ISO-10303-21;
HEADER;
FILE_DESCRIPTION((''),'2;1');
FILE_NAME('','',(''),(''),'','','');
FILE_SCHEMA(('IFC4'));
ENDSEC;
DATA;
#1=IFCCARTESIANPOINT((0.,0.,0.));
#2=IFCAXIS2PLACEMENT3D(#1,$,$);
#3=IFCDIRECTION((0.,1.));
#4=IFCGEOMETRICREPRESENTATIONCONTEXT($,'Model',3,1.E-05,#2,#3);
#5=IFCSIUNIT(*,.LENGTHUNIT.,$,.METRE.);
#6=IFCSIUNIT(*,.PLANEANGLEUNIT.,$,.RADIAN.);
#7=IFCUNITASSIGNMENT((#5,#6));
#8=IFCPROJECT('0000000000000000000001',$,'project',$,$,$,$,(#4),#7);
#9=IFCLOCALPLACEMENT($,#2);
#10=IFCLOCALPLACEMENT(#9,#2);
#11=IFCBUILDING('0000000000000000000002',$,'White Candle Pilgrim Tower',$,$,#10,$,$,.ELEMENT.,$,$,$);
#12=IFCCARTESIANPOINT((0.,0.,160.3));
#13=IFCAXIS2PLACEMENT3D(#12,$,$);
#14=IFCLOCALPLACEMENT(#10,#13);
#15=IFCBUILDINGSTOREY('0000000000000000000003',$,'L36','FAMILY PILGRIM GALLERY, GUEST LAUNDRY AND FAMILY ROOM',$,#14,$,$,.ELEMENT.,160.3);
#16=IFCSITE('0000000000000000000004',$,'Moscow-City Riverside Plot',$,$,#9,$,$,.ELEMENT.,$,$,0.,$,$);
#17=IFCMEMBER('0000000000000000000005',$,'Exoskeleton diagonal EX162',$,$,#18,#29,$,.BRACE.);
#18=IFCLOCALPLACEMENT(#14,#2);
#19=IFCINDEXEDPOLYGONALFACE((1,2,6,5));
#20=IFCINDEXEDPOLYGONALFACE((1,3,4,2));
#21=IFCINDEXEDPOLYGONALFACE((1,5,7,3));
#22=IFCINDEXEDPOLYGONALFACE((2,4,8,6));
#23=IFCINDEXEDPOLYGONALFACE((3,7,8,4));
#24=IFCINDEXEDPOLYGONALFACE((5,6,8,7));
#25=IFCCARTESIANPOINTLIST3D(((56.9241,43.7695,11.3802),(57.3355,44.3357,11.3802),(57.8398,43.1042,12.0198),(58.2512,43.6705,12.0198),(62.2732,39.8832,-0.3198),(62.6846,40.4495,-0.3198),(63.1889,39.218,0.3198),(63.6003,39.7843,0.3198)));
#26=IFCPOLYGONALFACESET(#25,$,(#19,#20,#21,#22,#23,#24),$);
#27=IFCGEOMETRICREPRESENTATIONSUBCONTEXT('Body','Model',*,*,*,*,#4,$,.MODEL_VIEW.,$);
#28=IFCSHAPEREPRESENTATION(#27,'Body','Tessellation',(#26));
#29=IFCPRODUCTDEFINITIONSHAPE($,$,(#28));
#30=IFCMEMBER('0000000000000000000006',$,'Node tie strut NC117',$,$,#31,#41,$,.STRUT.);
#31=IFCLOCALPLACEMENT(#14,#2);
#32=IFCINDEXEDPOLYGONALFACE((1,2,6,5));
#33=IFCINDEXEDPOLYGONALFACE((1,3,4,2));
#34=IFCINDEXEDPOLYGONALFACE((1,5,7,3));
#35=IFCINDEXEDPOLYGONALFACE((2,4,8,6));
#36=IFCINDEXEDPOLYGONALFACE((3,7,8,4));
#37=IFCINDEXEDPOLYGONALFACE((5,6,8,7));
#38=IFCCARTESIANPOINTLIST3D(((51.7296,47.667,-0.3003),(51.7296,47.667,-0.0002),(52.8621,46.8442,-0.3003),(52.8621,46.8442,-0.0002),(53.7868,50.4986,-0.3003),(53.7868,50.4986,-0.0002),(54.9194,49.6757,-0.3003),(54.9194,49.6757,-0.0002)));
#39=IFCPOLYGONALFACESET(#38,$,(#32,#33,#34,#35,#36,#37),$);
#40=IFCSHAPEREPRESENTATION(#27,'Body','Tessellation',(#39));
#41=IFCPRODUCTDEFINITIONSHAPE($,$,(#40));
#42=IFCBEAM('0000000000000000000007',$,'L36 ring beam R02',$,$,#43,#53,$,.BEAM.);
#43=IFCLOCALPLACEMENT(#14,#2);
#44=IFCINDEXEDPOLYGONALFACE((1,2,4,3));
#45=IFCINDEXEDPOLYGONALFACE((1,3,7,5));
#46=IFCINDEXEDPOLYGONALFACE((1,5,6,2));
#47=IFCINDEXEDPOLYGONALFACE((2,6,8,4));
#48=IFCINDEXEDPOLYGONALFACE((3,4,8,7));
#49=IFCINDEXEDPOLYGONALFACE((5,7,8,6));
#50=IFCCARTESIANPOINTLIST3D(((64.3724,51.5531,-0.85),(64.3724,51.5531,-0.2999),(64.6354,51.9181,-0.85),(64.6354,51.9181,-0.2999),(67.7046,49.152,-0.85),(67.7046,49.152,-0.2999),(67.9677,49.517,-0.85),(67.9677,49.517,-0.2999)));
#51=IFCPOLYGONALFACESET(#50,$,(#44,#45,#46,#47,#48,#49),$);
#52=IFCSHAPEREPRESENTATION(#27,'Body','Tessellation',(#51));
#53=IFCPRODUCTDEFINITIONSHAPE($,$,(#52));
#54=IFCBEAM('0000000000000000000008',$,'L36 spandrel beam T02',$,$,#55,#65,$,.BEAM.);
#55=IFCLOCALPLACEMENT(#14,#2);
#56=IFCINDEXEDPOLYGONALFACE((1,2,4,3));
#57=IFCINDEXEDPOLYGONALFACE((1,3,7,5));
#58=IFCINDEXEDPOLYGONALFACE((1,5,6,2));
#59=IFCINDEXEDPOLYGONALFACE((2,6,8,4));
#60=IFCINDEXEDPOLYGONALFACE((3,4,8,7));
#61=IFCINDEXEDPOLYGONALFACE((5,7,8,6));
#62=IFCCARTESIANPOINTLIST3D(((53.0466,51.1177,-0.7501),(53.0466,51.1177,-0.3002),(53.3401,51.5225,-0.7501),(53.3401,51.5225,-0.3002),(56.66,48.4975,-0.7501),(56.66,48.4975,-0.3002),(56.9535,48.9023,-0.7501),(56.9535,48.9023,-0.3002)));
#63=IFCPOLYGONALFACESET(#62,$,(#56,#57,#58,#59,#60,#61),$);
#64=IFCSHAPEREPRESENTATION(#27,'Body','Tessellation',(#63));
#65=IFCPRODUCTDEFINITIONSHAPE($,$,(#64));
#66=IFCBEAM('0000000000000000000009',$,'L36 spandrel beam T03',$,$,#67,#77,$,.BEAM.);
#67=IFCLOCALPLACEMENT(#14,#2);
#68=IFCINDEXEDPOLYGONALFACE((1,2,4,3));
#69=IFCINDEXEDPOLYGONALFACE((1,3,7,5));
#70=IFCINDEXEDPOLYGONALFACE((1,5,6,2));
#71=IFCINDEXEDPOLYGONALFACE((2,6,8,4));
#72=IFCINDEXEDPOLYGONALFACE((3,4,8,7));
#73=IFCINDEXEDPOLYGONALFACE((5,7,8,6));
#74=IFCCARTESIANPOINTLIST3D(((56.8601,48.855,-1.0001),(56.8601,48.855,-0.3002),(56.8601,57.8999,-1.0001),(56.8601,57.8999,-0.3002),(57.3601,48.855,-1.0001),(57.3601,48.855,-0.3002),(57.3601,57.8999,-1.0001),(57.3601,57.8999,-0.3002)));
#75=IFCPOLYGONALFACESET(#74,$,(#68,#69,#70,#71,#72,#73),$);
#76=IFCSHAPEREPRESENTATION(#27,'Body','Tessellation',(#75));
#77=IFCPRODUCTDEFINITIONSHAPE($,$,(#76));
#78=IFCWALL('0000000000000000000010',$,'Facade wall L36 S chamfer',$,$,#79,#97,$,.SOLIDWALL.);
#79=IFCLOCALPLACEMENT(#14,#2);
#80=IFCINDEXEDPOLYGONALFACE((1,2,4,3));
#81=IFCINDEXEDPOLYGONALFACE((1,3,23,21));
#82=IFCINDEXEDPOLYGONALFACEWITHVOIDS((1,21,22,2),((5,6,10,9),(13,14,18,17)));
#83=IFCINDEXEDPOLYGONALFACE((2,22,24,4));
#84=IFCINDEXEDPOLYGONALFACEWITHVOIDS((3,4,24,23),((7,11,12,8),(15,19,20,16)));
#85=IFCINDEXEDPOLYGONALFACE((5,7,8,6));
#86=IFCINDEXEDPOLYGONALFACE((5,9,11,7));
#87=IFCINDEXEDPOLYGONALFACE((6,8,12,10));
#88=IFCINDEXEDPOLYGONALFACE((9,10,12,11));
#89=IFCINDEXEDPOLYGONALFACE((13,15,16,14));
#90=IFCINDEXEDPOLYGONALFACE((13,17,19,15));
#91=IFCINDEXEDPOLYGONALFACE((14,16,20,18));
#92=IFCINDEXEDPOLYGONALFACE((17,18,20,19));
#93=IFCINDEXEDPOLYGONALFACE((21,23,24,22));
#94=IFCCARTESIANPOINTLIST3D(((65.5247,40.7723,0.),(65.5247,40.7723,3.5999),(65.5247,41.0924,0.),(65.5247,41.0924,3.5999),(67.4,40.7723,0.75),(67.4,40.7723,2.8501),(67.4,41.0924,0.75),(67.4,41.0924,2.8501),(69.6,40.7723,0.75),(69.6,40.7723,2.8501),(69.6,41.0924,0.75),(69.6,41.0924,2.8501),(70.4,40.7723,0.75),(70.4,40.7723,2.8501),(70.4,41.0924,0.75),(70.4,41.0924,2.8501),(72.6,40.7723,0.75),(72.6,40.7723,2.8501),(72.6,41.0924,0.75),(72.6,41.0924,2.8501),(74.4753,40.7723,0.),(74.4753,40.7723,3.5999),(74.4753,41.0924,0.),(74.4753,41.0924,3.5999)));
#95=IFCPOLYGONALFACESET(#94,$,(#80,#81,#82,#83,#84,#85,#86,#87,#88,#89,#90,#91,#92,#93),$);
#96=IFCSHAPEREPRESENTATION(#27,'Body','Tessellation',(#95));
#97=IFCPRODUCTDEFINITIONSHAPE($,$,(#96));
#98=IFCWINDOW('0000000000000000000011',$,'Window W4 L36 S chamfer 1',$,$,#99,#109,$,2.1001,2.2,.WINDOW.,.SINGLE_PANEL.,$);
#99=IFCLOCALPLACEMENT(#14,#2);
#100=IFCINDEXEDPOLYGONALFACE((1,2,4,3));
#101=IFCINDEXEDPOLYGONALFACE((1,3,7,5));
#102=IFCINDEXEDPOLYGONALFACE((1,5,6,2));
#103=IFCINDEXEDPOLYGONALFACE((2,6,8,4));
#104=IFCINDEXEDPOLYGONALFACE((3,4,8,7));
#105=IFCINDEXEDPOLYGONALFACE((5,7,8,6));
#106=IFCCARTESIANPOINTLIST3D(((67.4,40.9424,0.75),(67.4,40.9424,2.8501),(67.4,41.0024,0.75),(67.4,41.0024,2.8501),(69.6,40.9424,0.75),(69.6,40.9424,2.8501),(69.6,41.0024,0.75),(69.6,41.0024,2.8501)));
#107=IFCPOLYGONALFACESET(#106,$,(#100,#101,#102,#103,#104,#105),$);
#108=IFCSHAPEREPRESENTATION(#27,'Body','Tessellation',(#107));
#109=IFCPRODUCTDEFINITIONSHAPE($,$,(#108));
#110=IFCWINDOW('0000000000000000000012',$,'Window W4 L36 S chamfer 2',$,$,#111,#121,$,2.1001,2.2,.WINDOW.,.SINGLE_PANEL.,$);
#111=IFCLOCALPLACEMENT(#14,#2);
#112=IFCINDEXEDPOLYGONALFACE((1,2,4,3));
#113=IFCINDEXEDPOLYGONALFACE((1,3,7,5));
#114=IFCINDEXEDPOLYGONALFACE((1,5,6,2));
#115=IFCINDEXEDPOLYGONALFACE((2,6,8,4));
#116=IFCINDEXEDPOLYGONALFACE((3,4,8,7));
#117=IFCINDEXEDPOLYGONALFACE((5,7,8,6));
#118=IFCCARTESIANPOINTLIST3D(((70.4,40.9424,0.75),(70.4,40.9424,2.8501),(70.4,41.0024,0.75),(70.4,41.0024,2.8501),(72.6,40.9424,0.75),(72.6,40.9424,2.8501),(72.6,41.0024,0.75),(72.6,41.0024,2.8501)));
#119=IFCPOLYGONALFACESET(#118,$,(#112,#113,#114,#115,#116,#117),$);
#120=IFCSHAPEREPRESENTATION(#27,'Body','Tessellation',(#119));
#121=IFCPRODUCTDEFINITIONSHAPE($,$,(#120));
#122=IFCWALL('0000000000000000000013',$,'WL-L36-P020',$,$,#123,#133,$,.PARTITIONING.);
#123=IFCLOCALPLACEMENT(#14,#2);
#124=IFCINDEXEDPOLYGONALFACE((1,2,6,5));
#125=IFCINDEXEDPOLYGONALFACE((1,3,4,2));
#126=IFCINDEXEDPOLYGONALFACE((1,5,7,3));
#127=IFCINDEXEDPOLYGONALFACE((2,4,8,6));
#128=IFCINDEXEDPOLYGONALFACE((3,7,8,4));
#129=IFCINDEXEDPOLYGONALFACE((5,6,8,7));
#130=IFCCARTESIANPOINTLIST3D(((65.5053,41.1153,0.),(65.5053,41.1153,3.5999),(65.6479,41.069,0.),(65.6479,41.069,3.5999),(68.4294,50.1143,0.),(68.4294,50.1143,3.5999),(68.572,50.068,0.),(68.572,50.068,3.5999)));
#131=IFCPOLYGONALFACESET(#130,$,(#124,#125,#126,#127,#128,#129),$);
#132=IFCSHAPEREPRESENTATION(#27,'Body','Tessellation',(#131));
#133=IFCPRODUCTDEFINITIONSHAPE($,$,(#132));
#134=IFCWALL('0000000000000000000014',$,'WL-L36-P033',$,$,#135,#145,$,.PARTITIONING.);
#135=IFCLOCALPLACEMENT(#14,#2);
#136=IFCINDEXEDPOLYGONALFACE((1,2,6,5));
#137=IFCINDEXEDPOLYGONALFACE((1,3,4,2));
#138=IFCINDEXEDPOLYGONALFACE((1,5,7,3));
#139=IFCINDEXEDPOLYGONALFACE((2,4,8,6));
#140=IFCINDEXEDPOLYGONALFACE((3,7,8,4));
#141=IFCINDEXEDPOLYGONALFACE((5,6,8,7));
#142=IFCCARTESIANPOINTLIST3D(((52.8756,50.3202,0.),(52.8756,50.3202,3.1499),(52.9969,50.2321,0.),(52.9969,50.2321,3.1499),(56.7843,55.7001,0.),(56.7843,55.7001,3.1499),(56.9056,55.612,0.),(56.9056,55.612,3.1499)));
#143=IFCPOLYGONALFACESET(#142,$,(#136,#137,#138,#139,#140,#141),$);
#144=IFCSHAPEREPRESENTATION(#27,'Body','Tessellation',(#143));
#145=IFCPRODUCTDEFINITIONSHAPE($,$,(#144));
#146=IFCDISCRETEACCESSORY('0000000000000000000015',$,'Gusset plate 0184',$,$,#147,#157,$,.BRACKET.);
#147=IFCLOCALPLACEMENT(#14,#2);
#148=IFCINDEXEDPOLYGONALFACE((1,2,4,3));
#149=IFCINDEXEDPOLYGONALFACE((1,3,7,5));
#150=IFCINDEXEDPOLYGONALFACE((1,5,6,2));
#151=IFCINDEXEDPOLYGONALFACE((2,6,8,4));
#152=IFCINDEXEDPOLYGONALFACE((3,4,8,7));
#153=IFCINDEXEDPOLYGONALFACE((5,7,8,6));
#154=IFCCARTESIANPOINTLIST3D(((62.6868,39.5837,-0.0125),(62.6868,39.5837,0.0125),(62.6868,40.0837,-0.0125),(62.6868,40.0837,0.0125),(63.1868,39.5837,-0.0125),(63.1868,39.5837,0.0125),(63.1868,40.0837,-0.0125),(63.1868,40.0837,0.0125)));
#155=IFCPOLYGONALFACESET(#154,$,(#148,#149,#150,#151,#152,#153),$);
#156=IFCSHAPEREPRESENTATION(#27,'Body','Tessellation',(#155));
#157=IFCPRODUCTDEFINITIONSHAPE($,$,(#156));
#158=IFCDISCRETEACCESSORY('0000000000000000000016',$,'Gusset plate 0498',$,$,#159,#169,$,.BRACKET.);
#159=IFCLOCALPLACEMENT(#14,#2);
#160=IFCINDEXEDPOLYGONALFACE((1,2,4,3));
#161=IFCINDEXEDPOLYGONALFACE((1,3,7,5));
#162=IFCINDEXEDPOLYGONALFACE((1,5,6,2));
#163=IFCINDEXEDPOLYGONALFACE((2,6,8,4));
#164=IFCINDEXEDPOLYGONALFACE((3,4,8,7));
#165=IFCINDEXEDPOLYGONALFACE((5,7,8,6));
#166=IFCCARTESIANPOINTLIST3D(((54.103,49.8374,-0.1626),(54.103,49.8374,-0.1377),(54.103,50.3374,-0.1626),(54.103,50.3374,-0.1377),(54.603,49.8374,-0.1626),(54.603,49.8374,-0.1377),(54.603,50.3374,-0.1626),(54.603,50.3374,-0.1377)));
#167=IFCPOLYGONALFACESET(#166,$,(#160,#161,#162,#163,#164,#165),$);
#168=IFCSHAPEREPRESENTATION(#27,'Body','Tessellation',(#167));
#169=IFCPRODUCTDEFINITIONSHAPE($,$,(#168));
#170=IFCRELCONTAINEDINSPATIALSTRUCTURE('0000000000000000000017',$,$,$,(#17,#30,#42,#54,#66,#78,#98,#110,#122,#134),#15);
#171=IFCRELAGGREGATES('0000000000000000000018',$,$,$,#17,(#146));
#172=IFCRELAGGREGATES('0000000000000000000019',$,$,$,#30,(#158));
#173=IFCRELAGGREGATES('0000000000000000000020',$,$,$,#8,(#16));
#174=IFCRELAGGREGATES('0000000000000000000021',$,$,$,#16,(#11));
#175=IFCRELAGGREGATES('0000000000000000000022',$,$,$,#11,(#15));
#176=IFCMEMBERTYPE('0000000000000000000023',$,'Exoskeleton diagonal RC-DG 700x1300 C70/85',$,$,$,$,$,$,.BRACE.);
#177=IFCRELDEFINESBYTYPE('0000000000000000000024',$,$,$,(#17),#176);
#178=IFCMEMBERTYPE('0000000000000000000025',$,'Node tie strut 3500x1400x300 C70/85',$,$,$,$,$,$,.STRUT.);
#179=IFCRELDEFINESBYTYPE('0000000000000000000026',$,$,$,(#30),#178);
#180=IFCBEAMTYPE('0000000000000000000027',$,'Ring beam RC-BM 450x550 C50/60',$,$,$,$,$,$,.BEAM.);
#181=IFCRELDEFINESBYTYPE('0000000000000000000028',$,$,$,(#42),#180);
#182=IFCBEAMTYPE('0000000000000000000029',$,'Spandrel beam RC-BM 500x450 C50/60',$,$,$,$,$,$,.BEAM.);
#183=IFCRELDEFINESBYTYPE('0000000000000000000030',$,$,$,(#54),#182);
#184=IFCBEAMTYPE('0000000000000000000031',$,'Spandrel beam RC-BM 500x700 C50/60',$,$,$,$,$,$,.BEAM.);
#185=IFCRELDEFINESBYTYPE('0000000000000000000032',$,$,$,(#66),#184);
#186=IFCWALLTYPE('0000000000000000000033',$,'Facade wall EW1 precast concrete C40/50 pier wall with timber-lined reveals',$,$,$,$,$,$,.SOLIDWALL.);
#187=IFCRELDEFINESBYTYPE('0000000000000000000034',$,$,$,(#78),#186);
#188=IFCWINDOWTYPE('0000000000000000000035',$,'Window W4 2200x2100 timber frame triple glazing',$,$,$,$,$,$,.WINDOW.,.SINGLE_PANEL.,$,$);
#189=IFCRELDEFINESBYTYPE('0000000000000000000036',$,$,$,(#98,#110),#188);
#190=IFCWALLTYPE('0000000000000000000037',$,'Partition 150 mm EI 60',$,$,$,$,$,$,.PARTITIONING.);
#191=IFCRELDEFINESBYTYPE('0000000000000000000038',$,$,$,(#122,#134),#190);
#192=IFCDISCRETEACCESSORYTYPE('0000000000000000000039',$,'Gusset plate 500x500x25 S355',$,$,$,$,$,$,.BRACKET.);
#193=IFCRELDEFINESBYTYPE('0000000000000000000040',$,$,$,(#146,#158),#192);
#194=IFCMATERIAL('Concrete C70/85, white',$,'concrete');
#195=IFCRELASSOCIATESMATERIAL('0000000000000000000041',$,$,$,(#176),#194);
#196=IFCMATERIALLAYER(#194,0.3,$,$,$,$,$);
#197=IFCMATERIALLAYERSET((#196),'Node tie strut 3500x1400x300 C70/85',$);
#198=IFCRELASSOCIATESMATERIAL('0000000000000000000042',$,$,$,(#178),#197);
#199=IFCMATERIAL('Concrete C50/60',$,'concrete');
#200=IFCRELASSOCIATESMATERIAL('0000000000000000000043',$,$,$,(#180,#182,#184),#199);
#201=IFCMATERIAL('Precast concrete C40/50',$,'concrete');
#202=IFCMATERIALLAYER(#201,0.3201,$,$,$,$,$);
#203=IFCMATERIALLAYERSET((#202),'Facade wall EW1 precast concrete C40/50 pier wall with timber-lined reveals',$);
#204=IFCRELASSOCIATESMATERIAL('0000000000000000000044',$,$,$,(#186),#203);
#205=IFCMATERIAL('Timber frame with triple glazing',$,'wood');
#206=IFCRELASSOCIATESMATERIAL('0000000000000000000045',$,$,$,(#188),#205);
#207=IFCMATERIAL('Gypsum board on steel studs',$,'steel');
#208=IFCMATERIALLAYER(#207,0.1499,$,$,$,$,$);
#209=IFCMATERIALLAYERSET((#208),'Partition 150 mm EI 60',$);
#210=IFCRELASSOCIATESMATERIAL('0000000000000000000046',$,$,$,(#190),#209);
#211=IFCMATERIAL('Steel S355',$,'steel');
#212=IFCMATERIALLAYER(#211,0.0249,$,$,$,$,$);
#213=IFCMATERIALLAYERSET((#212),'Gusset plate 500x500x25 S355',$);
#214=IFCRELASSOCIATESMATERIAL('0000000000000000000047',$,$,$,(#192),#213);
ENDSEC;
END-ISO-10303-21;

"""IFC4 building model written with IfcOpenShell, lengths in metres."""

from ifc_helpers import new_model, si_unit, direction, frame, frame_2d, origin, origin_2d, place, context, subcontext, project, spatial, rectangle, extrude, material, layer, layer_set, material_profile, profile_set, type_object, element, fill, aggregate, save


model = new_model("IFC4")

# Units and contexts
model_context = context("Model", 3, precision=1e-05, world=origin(), true_north=direction((0.0, 1.0)))
body_context = subcontext(model_context, "Body", "Model", "MODEL_VIEW")
ifc_project = project(units=[si_unit("LENGTHUNIT", "METRE"), si_unit("PLANEANGLEUNIT", "RADIAN")], contexts=[model_context])

# Site, building, storey
site_placement = place(None, origin())
site = spatial("IfcSite", under=ifc_project, at=site_placement, Name="Moscow-City Riverside Plot", CompositionType="ELEMENT", RefElevation=0.0)
building_placement = place(site_placement, origin())
building = spatial("IfcBuilding", under=site, at=building_placement, Name="White Candle Pilgrim Tower", CompositionType="ELEMENT")
storey_placement = place(building_placement, frame((0.0, 0.0, 160.3)))
storey = spatial("IfcBuildingStorey", under=building, at=storey_placement, Name="L36", Description="FAMILY PILGRIM GALLERY, GUEST LAUNDRY AND FAMILY ROOM", CompositionType="ELEMENT", Elevation=160.3)

# Members
ifc_material_1 = material(Name="Concrete C70/85, white", Category="concrete")
ifc_material_profile_1 = material_profile(ifc_material_1, rectangle(XDim=0.7, YDim=1.3, at=origin_2d()), Name="RC-DG 700x1300")
ifc_profile_set_1 = profile_set([ifc_material_profile_1], Name="Concrete C70/85, white")
member_type_1 = type_object("IfcMemberType", Name="Exoskeleton diagonal RC-DG 700x1300 C70/85", PredefinedType="BRACE", material=ifc_profile_set_1)
member_1_placement = place(storey_placement, frame((62.9368, 39.8337, 0.0), z_axis=(-0.398032, 0.289177, 0.870602), x_axis=(-0.587772, -0.809027, 0.0)))
member_1 = element("IfcMember", 1, at=member_1_placement, inside=storey, type_object=member_type_1, Name="Exoskeleton diagonal EX162", PredefinedType="BRACE", context=body_context, shape_type="SweptSolid", body=[
    extrude(rectangle(XDim=0.7, YDim=1.3, at=origin_2d()), origin(), (0.0, 0.0, 1.0), 13.439),
])
ifc_layer_1 = layer(ifc_material_1, 0.3)
ifc_layer_set_1 = layer_set([ifc_layer_1], Name="Node tie strut 3500x1400x300 C70/85")
member_type_2 = type_object("IfcMemberType", Name="Node tie strut 3500x1400x300 C70/85", PredefinedType="STRUT", material=ifc_layer_set_1)
member_2_placement = place(storey_placement, frame((53.3245, 48.6714, -0.3003), z_axis=(0.0, 0.0, 1.0), x_axis=(0.809017, -0.587785, 0.0)))
member_2 = element("IfcMember", 2, at=member_2_placement, inside=storey, type_object=member_type_2, Name="Node tie strut NC117", PredefinedType="STRUT", context=body_context, shape_type="SweptSolid", body=[
    extrude(rectangle(XDim=1.3999, YDim=3.5, at=origin_2d()), origin(), (0.0, 0.0, 1.0), 0.3),
])

# Beams
ifc_material_2 = material(Name="Concrete C50/60", Category="concrete")
ifc_material_profile_2 = material_profile(ifc_material_2, rectangle(XDim=0.45, YDim=0.55, at=origin_2d()), Name="RC-BM 450x550")
ifc_profile_set_2 = profile_set([ifc_material_profile_2], Name="Concrete C50/60")
beam_type_1 = type_object("IfcBeamType", Name="Ring beam RC-BM 450x550 C50/60", PredefinedType="BEAM", material=ifc_profile_set_2)
beam_1_placement = place(storey_placement, frame((64.5039, 51.7356, -0.575), z_axis=(0.811317, -0.584607, 0.0), x_axis=(0.584607, 0.811317, 0.0)))
element("IfcBeam", 3, at=beam_1_placement, inside=storey, type_object=beam_type_1, Name="L36 ring beam R02", PredefinedType="BEAM", context=body_context, shape_type="SweptSolid", body=[
    extrude(rectangle(XDim=0.45, YDim=0.55, at=origin_2d()), origin(), (0.0, 0.0, 1.0), 4.1072),
])
ifc_material_profile_3 = material_profile(ifc_material_2, rectangle(XDim=0.5, YDim=0.45, at=origin_2d()), Name="RC-BM 500x450")
ifc_profile_set_3 = profile_set([ifc_material_profile_3], Name="Concrete C50/60")
beam_type_2 = type_object("IfcBeamType", Name="Spandrel beam RC-BM 500x450 C50/60", PredefinedType="BEAM", material=ifc_profile_set_3)
beam_2_placement = place(storey_placement, frame((53.1934, 51.3201, -0.5251), z_axis=(0.809558, -0.587039, 0.0), x_axis=(0.587039, 0.809558, 0.0)))
element("IfcBeam", 4, at=beam_2_placement, inside=storey, type_object=beam_type_2, Name="L36 spandrel beam T02", PredefinedType="BEAM", context=body_context, shape_type="SweptSolid", body=[
    extrude(rectangle(XDim=0.5, YDim=0.45, at=origin_2d()), origin(), (0.0, 0.0, 1.0), 4.4634),
])
ifc_material_profile_4 = material_profile(ifc_material_2, rectangle(XDim=0.5, YDim=0.7, at=origin_2d()), Name="RC-BM 500x700")
ifc_profile_set_4 = profile_set([ifc_material_profile_4], Name="Concrete C50/60")
beam_type_3 = type_object("IfcBeamType", Name="Spandrel beam RC-BM 500x700 C50/60", PredefinedType="BEAM", material=ifc_profile_set_4)
beam_3_placement = place(storey_placement, frame((57.1101, 48.855, -0.6501), z_axis=(0.0, 1.0, 0.0), x_axis=(-1.0, 0.0, 0.0)))
element("IfcBeam", 5, at=beam_3_placement, inside=storey, type_object=beam_type_3, Name="L36 spandrel beam T03", PredefinedType="BEAM", context=body_context, shape_type="SweptSolid", body=[
    extrude(rectangle(XDim=0.5, YDim=0.7, at=origin_2d()), origin(), (0.0, 0.0, 1.0), 9.0449),
])

# Wall, openings, windows
ifc_material_3 = material(Name="Precast concrete C40/50", Category="concrete")
ifc_layer_2 = layer(ifc_material_3, 0.3201)
ifc_layer_set_2 = layer_set([ifc_layer_2], Name="Facade wall EW1 precast concrete C40/50 pier wall with timber-lined reveals")
wall_type_1 = type_object("IfcWallType", Name="Facade wall EW1 precast concrete C40/50 pier wall with timber-lined reveals", PredefinedType="SOLIDWALL", material=ifc_layer_set_2)
wall_1_placement = place(storey_placement, frame((65.5247, 40.9324, 0.0), z_axis=(0.0, 0.0, 1.0), x_axis=(1.0, 0.0, 0.0)))
wall_1 = element("IfcWall", 6, at=wall_1_placement, inside=storey, type_object=wall_type_1, Name="Facade wall L36 S chamfer", PredefinedType="SOLIDWALL", context=body_context, shape_type="SweptSolid", body=[
    extrude(rectangle(XDim=8.9507, YDim=0.3201, at=frame_2d((4.4753, 0.0))), origin(), (0.0, 0.0, 1.0), 3.5999),
])
opening_1_placement = place(wall_1_placement, frame((1.8752, 0.0, 0.75)))
opening_1 = element("IfcOpeningElement", 7, at=opening_1_placement, cuts=wall_1, PredefinedType="OPENING", context=body_context, shape_type="SweptSolid", body=[
    extrude(rectangle(XDim=2.2, YDim=2.1001, at=frame_2d((1.1001, 1.05))), frame((0.0, 0.1699, 0.0), z_axis=(0.0, -1.0, 0.0), x_axis=(1.0, 0.0, 0.0)), (0.0, 0.0, 1.0), 0.3401),
])
opening_2_placement = place(wall_1_placement, frame((4.8752, 0.0, 0.75)))
opening_2 = element("IfcOpeningElement", 8, at=opening_2_placement, cuts=wall_1, PredefinedType="OPENING", context=body_context, shape_type="SweptSolid", body=[
    extrude(rectangle(XDim=2.2, YDim=2.1001, at=frame_2d((1.1001, 1.05))), frame((0.0, 0.1699, 0.0), z_axis=(0.0, -1.0, 0.0), x_axis=(1.0, 0.0, 0.0)), (0.0, 0.0, 1.0), 0.3401),
])
ifc_material_4 = material(Name="Timber frame with triple glazing", Category="wood")
window_type = type_object("IfcWindowType", Name="Window W4 2200x2100 timber frame triple glazing", PartitioningType="SINGLE_PANEL", PredefinedType="WINDOW", material=ifc_material_4)
window_1_placement = place(opening_1_placement, origin())
window_1 = element("IfcWindow", 9, at=window_1_placement, inside=storey, type_object=window_type, Name="Window W4 L36 S chamfer 1", OverallHeight=2.1001, OverallWidth=2.2, PartitioningType="SINGLE_PANEL", PredefinedType="WINDOW", context=body_context, shape_type="SweptSolid", body=[
    extrude(rectangle(XDim=2.2, YDim=2.1001, at=frame_2d((1.1001, 1.05))), frame((0.0, 0.0701, 0.0), z_axis=(0.0, -1.0, 0.0), x_axis=(1.0, 0.0, 0.0)), (0.0, 0.0, 1.0), 0.0601),
])
fill(opening_1, window_1)
window_2_placement = place(opening_2_placement, origin())
window_2 = element("IfcWindow", 10, at=window_2_placement, inside=storey, type_object=window_type, Name="Window W4 L36 S chamfer 2", OverallHeight=2.1001, OverallWidth=2.2, PartitioningType="SINGLE_PANEL", PredefinedType="WINDOW", context=body_context, shape_type="SweptSolid", body=[
    extrude(rectangle(XDim=2.2, YDim=2.1001, at=frame_2d((1.1001, 1.05))), frame((0.0, 0.0701, 0.0), z_axis=(0.0, -1.0, 0.0), x_axis=(1.0, 0.0, 0.0)), (0.0, 0.0, 1.0), 0.0601),
])
fill(opening_2, window_2)

# Walls
ifc_material_5 = material(Name="Gypsum board on steel studs", Category="steel")
ifc_layer_3 = layer(ifc_material_5, 0.1499)
ifc_layer_set_3 = layer_set([ifc_layer_3], Name="Partition 150 mm EI 60")
wall_type_2 = type_object("IfcWallType", Name="Partition 150 mm EI 60", PredefinedType="PARTITIONING", material=ifc_layer_set_3)
wall_2_placement = place(storey_placement, frame((65.5767, 41.0923, 0.0), z_axis=(0.0, 0.0, 1.0), x_axis=(0.309028, 0.951053, 0.0)))
element("IfcWall", 11, at=wall_2_placement, inside=storey, type_object=wall_type_2, Name="WL-L36-P020", PredefinedType="PARTITIONING", context=body_context, shape_type="SweptSolid", body=[
    extrude(rectangle(XDim=9.4622, YDim=0.1499, at=frame_2d((4.731, 0.0))), origin(), (0.0, 0.0, 1.0), 3.5999),
])
wall_3_placement = place(storey_placement, frame((52.9363, 50.2761, 0.0), z_axis=(0.0, 0.0, 1.0), x_axis=(0.587783, 0.809019, 0.0)))
element("IfcWall", 12, at=wall_3_placement, inside=storey, type_object=wall_type_2, Name="WL-L36-P033", PredefinedType="PARTITIONING", context=body_context, shape_type="SweptSolid", body=[
    extrude(rectangle(XDim=6.6499, YDim=0.1499, at=frame_2d((3.325, 0.0))), origin(), (0.0, 0.0, 1.0), 3.1499),
])

# Discrete accessories
ifc_material_6 = material(Name="Steel S355", Category="steel")
ifc_layer_4 = layer(ifc_material_6, 0.0249)
ifc_layer_set_4 = layer_set([ifc_layer_4], Name="Gusset plate 500x500x25 S355")
discrete_accessory_type = type_object("IfcDiscreteAccessoryType", Name="Gusset plate 500x500x25 S355", PredefinedType="BRACKET", material=ifc_layer_set_4)
discrete_accessory_1_placement = place(storey_placement, frame((62.9368, 39.8337, -0.0125), z_axis=(0.0, 0.0, 1.0), x_axis=(1.0, 0.0, 0.0)))
discrete_accessory_1 = element("IfcDiscreteAccessory", 13, at=discrete_accessory_1_placement, type_object=discrete_accessory_type, Name="Gusset plate 0184", PredefinedType="BRACKET", context=body_context, shape_type="SweptSolid", body=[
    extrude(rectangle(XDim=0.5, YDim=0.5, at=origin_2d()), origin(), (0.0, 0.0, 1.0), 0.0249),
])
aggregate(member_1, [discrete_accessory_1])
discrete_accessory_2_placement = place(storey_placement, frame((54.353, 50.0874, -0.1626), z_axis=(0.0, 0.0, 1.0), x_axis=(1.0, 0.0, 0.0)))
discrete_accessory_2 = element("IfcDiscreteAccessory", 14, at=discrete_accessory_2_placement, type_object=discrete_accessory_type, Name="Gusset plate 0498", PredefinedType="BRACKET", context=body_context, shape_type="SweptSolid", body=[
    extrude(rectangle(XDim=0.5, YDim=0.5, at=origin_2d()), origin(), (0.0, 0.0, 1.0), 0.0249),
])
aggregate(member_2, [discrete_accessory_2])

save(model, "model.ifc")
